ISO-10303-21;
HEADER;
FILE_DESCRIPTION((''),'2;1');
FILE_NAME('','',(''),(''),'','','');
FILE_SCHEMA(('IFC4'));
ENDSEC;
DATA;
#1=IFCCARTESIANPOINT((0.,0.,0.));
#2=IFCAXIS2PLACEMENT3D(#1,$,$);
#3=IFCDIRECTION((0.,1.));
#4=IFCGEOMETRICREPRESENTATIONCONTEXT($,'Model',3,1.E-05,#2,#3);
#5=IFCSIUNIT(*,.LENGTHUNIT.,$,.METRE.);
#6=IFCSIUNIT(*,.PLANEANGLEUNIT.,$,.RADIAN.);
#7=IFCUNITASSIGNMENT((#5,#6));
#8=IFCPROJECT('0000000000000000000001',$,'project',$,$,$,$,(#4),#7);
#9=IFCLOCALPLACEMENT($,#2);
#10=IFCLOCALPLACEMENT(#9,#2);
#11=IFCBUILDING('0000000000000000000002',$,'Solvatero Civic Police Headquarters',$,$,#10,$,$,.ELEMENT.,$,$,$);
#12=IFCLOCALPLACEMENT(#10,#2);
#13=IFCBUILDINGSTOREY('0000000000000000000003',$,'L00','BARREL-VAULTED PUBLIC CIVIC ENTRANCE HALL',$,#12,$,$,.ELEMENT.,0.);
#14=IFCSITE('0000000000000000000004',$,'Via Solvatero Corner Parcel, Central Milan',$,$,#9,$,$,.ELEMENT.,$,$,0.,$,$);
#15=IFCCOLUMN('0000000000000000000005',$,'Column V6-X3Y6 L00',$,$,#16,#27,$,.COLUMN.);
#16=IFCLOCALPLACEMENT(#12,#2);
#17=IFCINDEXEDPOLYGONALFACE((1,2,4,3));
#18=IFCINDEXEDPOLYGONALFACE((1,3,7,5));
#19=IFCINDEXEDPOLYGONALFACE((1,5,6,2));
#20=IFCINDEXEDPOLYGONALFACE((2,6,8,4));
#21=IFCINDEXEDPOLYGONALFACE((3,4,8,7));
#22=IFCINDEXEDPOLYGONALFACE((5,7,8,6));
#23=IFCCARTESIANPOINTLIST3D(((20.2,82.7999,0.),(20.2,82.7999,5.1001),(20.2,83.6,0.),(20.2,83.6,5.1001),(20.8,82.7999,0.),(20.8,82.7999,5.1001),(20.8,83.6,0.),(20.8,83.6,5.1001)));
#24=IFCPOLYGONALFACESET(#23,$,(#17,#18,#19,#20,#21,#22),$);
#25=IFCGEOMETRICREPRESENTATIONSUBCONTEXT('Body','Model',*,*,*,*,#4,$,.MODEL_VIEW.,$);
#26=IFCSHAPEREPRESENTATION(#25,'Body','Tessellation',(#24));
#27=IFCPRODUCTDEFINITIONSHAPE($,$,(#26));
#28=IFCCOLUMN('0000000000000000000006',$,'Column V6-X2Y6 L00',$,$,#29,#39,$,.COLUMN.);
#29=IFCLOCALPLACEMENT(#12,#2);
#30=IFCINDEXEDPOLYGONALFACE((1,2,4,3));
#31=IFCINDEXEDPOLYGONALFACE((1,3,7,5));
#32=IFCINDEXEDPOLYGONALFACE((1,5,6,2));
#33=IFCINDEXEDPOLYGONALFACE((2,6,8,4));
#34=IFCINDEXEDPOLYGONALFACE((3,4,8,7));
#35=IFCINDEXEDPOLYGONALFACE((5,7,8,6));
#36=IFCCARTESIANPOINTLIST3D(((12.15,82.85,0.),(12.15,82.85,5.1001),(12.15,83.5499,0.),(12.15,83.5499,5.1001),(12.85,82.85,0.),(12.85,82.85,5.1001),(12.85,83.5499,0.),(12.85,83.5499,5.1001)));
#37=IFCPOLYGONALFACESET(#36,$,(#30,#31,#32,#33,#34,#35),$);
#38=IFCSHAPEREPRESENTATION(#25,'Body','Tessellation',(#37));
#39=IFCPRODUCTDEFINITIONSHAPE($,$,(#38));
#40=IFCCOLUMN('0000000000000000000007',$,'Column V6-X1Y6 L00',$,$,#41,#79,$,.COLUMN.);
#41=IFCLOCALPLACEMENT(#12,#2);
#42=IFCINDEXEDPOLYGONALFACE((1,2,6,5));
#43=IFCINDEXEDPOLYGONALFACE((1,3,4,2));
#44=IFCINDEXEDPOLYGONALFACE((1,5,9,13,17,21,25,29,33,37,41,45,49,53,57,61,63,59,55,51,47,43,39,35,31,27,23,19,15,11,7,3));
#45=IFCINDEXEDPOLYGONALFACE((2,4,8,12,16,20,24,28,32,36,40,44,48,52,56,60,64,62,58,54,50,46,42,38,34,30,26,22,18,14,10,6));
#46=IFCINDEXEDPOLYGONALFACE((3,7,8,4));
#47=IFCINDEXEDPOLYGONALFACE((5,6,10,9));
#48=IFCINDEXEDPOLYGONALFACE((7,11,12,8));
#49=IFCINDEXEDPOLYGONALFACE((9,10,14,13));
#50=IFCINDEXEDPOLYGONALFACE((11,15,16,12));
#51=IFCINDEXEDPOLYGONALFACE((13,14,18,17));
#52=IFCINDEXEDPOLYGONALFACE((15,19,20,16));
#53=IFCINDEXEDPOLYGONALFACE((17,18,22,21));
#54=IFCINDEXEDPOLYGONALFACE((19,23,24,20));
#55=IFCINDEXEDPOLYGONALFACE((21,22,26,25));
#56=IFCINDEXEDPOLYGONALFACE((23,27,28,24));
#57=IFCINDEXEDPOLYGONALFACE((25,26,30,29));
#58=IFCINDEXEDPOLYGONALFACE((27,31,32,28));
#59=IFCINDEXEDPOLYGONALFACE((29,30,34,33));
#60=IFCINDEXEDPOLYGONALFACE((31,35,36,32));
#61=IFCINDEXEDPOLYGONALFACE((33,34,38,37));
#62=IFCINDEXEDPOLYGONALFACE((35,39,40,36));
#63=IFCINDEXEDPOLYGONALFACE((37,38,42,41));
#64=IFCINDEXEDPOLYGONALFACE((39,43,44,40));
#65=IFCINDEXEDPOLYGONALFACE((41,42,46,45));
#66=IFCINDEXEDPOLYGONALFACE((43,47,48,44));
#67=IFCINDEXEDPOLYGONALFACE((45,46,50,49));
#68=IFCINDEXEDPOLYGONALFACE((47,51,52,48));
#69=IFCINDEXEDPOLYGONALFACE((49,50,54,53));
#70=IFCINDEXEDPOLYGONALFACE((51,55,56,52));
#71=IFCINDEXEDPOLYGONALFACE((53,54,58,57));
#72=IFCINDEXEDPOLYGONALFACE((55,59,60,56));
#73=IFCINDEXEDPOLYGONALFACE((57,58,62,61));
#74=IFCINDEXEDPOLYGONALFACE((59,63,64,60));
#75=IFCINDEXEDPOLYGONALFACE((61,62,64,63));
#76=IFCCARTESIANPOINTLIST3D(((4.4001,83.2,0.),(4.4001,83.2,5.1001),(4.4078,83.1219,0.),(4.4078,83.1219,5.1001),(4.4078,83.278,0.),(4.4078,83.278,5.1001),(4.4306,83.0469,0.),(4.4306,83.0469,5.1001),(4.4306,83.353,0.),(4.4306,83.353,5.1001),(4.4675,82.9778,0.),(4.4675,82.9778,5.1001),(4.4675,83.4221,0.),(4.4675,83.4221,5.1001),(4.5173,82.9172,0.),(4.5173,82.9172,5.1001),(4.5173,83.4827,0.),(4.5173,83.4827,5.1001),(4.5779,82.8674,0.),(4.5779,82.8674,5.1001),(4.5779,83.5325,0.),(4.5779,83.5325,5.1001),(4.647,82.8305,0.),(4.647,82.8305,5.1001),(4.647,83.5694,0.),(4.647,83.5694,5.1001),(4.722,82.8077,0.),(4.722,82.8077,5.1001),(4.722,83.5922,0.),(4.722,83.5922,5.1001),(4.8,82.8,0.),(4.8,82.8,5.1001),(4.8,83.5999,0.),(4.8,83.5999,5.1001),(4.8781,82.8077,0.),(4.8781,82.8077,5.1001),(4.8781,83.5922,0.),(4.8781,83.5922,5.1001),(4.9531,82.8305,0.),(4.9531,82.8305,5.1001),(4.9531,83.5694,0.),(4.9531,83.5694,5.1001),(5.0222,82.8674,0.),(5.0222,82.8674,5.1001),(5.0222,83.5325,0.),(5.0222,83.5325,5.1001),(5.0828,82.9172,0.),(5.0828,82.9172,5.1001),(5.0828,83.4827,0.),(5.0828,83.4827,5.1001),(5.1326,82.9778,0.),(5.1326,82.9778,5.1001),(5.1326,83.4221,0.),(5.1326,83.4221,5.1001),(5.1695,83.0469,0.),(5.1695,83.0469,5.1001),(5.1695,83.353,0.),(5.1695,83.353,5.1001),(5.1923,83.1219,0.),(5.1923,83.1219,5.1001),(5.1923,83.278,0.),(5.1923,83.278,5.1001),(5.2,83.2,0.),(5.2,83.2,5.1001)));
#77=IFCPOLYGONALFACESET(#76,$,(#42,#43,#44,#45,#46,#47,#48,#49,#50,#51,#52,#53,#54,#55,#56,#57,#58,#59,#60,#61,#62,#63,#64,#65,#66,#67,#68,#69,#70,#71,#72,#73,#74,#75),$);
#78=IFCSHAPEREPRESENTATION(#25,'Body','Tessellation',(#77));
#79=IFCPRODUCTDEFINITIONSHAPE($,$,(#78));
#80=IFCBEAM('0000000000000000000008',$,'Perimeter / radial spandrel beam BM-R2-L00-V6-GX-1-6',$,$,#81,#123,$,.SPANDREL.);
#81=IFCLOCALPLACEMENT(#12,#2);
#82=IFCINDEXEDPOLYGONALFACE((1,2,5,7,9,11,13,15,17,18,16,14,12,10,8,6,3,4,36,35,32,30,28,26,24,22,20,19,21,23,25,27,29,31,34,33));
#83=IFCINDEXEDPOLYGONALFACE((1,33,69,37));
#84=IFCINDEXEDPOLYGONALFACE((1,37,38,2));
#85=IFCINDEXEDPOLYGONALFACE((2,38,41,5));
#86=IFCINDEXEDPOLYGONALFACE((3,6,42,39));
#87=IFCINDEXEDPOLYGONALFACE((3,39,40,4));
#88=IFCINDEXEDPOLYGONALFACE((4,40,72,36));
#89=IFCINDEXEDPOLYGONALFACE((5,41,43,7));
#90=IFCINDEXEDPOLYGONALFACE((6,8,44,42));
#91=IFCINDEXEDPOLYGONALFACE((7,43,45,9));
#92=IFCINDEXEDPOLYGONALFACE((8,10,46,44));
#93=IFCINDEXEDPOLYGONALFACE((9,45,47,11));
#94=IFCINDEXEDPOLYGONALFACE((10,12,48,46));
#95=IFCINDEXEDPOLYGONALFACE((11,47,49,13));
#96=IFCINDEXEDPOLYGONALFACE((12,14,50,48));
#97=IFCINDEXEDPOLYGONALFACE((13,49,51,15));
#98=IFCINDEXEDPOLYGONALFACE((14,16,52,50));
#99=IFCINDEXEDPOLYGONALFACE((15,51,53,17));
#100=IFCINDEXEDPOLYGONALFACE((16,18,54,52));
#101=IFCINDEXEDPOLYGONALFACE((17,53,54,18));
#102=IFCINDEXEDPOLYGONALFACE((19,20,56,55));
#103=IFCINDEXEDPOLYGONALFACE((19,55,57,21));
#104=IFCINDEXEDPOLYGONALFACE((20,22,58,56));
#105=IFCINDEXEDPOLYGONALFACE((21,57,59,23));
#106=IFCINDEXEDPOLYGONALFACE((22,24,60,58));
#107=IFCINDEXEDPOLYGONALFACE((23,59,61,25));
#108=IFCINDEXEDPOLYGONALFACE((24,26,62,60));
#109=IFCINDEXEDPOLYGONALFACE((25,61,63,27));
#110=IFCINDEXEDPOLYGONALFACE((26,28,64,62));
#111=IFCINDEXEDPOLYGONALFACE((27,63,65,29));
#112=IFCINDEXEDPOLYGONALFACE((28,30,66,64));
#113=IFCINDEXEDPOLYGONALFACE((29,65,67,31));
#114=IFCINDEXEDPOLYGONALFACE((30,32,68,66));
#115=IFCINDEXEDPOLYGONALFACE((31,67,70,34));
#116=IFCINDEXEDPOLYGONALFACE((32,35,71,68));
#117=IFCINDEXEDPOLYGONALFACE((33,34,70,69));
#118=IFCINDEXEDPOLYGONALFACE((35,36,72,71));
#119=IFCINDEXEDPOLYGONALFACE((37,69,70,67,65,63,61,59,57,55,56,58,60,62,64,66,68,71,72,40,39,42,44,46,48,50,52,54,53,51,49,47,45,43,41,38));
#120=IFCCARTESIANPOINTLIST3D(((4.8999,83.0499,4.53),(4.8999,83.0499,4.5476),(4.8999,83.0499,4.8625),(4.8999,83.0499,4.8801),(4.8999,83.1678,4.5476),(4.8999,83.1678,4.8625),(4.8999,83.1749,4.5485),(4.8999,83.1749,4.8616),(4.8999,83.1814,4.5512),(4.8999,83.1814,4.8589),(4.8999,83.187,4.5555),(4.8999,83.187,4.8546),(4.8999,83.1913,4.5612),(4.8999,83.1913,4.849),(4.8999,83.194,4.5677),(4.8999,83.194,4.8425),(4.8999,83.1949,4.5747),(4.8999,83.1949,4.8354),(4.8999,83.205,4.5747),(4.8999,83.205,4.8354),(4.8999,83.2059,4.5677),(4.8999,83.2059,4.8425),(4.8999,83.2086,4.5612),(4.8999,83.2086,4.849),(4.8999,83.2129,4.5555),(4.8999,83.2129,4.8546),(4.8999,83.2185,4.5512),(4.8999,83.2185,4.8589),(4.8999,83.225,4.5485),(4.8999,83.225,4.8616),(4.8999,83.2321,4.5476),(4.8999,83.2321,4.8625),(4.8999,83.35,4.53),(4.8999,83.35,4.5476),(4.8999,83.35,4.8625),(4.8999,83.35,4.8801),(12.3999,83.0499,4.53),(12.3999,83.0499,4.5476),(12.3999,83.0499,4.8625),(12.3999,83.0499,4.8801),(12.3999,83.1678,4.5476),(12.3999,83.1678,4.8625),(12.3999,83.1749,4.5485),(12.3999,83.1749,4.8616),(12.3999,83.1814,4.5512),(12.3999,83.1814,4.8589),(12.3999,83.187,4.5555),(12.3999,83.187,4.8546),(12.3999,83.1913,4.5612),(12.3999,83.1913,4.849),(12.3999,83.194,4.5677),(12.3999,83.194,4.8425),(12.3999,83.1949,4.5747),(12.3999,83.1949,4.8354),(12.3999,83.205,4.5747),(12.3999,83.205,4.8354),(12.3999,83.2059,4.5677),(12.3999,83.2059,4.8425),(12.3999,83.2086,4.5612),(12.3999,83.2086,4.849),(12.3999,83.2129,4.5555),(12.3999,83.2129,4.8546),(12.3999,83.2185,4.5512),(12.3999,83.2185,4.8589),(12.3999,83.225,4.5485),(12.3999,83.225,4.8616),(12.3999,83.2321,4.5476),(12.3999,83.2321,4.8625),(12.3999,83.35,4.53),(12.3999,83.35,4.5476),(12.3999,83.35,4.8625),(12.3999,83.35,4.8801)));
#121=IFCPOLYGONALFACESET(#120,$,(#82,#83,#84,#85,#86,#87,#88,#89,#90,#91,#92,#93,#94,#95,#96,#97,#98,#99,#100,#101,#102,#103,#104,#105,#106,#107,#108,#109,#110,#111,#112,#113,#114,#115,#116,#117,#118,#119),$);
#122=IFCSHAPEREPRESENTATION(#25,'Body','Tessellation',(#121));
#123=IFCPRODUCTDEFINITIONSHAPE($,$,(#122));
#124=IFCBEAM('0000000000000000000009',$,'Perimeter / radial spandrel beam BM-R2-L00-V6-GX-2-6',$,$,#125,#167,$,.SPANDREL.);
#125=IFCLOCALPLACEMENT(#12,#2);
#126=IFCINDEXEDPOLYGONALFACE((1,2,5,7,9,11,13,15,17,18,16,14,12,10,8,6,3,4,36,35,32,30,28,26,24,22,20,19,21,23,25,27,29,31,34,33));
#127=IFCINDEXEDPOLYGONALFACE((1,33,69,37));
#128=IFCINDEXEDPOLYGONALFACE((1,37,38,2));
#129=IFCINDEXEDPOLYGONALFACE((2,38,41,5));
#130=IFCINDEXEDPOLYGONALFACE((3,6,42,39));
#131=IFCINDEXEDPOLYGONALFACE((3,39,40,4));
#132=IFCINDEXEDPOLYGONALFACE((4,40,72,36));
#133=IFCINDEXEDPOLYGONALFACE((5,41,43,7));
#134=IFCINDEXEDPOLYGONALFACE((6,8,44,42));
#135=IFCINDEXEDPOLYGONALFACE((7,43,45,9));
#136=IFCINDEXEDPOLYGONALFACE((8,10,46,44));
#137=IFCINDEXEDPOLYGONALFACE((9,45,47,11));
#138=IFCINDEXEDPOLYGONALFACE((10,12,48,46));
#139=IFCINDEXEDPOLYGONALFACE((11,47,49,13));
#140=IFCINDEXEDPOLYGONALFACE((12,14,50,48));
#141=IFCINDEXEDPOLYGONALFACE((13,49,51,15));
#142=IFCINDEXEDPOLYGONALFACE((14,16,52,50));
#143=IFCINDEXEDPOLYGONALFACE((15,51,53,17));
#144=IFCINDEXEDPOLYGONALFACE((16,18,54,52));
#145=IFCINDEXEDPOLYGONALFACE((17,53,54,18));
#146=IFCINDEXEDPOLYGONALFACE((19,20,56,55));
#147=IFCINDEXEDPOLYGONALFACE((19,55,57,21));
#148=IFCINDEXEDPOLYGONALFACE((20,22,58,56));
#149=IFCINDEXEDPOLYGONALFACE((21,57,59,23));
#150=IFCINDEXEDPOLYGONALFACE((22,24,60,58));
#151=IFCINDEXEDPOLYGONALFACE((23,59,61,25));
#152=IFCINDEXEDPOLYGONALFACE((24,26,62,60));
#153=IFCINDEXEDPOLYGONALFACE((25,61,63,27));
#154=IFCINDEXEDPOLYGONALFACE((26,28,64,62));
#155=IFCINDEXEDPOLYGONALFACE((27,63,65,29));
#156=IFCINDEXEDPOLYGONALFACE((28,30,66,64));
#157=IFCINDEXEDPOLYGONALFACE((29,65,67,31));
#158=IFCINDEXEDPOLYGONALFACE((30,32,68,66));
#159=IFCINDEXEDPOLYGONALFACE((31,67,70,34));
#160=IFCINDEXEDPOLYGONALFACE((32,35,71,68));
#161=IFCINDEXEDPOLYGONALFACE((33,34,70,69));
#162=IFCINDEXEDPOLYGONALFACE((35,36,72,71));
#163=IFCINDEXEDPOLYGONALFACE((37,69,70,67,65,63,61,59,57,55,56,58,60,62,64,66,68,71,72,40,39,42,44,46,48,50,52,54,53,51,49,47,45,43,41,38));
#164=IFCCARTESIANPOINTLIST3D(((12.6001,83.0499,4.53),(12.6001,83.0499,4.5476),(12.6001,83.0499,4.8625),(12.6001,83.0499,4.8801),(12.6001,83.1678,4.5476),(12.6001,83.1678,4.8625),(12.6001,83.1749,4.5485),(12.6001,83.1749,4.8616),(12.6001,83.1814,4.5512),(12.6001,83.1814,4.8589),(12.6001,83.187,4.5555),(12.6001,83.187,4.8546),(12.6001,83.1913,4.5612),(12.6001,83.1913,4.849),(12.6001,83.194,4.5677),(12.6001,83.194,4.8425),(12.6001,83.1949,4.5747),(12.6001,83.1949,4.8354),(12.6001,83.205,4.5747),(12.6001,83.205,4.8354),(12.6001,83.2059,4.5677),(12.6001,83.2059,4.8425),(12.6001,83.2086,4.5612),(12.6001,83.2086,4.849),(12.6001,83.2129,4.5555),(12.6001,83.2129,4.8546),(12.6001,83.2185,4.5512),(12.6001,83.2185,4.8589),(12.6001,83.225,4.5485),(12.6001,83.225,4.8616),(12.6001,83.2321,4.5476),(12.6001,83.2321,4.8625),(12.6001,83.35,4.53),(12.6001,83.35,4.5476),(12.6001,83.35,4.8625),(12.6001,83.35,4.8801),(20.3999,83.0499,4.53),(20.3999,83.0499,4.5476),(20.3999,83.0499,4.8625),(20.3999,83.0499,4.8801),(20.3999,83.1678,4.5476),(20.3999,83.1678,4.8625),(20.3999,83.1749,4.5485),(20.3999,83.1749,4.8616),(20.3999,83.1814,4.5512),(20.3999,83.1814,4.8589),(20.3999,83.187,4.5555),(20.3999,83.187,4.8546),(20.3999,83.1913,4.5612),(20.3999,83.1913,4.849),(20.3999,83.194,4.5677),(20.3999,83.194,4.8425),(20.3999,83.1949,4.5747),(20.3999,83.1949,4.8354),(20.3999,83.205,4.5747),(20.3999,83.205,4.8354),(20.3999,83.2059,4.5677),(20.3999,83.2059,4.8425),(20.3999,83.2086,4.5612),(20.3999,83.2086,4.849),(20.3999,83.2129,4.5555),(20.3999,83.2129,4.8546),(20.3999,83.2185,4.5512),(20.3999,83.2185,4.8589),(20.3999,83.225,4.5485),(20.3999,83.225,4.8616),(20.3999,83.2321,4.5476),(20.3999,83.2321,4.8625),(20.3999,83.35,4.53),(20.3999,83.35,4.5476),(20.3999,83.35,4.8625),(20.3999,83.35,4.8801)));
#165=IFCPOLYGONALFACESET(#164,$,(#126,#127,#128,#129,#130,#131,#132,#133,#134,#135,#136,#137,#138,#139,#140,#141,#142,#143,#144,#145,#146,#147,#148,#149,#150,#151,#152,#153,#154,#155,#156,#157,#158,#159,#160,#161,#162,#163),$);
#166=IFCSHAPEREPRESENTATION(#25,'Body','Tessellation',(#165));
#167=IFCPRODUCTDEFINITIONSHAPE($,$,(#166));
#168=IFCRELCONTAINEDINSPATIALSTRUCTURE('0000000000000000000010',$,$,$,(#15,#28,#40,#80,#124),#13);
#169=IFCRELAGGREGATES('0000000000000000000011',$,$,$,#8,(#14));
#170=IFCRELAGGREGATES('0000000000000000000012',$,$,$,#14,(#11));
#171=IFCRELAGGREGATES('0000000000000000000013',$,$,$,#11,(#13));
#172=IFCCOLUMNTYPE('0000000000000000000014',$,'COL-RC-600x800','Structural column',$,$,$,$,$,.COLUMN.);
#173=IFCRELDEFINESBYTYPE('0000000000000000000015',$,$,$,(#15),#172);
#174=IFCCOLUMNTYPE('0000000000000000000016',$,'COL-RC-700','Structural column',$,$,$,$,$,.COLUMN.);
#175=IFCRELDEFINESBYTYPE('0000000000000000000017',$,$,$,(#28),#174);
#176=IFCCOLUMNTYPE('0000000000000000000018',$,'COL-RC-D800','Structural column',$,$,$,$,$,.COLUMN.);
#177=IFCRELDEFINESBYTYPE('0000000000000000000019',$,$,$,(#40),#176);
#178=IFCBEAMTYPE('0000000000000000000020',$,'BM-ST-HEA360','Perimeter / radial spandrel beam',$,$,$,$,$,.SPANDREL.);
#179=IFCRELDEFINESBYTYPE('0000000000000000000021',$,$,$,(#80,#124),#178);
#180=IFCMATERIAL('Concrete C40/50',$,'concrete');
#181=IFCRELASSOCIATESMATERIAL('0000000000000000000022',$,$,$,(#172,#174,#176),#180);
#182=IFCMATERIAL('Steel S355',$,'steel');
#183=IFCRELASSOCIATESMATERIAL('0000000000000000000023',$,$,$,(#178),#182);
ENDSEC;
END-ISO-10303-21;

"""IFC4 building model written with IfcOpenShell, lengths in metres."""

from ifc_helpers import new_model, si_unit, direction, frame, origin, origin_2d, place, context, subcontext, project, spatial, rectangle, circle, i_section, extrude, material, material_profile, profile_set, type_object, element, save


model = new_model("IFC4")

# Units and contexts
model_context = context("Model", 3, precision=1e-05, world=origin(), true_north=direction((0.0, 1.0)))
body_context = subcontext(model_context, "Body", "Model", "MODEL_VIEW")
ifc_project = project(units=[si_unit("LENGTHUNIT", "METRE"), si_unit("PLANEANGLEUNIT", "RADIAN")], contexts=[model_context])

# Site, building, storey
site_placement = place(None, origin())
site = spatial("IfcSite", under=ifc_project, at=site_placement, Name="Via Solvatero Corner Parcel, Central Milan", CompositionType="ELEMENT", RefElevation=0.0)
building_placement = place(site_placement, origin())
building = spatial("IfcBuilding", under=site, at=building_placement, Name="Solvatero Civic Police Headquarters", CompositionType="ELEMENT")
storey_placement = place(building_placement, origin())
storey = spatial("IfcBuildingStorey", under=building, at=storey_placement, Name="L00", Description="BARREL-VAULTED PUBLIC CIVIC ENTRANCE HALL", CompositionType="ELEMENT", Elevation=0.0)

# Columns
ifc_material_1 = material(Name="Concrete C40/50", Category="concrete")
ifc_material_profile_1 = material_profile(ifc_material_1, rectangle(XDim=0.6001, YDim=0.8, at=origin_2d()), Name="RC 600x800")
ifc_profile_set_1 = profile_set([ifc_material_profile_1], Name="Concrete C40/50")
column_type_1 = type_object("IfcColumnType", Name="COL-RC-600x800", Description="Structural column", PredefinedType="COLUMN", material=ifc_profile_set_1)
column_1_placement = place(storey_placement, frame((20.5, 83.2, 0.0), z_axis=(0.0, 0.0, 1.0), x_axis=(1.0, 0.0, 0.0)))
element("IfcColumn", 1, at=column_1_placement, inside=storey, type_object=column_type_1, Name="Column V6-X3Y6 L00", PredefinedType="COLUMN", context=body_context, shape_type="SweptSolid", body=[
    extrude(rectangle(XDim=0.6001, YDim=0.8, at=origin_2d()), origin(), (0.0, 0.0, 1.0), 5.1001),
])
ifc_material_profile_2 = material_profile(ifc_material_1, rectangle(XDim=0.7, YDim=0.7, at=origin_2d()), Name="RC 700x700")
ifc_profile_set_2 = profile_set([ifc_material_profile_2], Name="Concrete C40/50")
column_type_2 = type_object("IfcColumnType", Name="COL-RC-700", Description="Structural column", PredefinedType="COLUMN", material=ifc_profile_set_2)
column_2_placement = place(storey_placement, frame((12.5, 83.2, 0.0), z_axis=(0.0, 0.0, 1.0), x_axis=(1.0, 0.0, 0.0)))
element("IfcColumn", 2, at=column_2_placement, inside=storey, type_object=column_type_2, Name="Column V6-X2Y6 L00", PredefinedType="COLUMN", context=body_context, shape_type="SweptSolid", body=[
    extrude(rectangle(XDim=0.7, YDim=0.7, at=origin_2d()), origin(), (0.0, 0.0, 1.0), 5.1001),
])
ifc_material_profile_3 = material_profile(ifc_material_1, circle(Radius=0.3999, at=origin_2d()), Name="RC COL D800")
ifc_profile_set_3 = profile_set([ifc_material_profile_3], Name="Concrete C40/50")
column_type_3 = type_object("IfcColumnType", Name="COL-RC-D800", Description="Structural column", PredefinedType="COLUMN", material=ifc_profile_set_3)
column_3_placement = place(storey_placement, frame((4.8, 83.2, 0.0), z_axis=(0.0, 0.0, 1.0), x_axis=(1.0, 0.0, 0.0)))
element("IfcColumn", 3, at=column_3_placement, inside=storey, type_object=column_type_3, Name="Column V6-X1Y6 L00", PredefinedType="COLUMN", context=body_context, shape_type="SweptSolid", body=[
    extrude(circle(Radius=0.3999, at=origin_2d()), origin(), (0.0, 0.0, 1.0), 5.1001),
])

# Beams
ifc_material_2 = material(Name="Steel S355", Category="steel")
ifc_material_profile_4 = material_profile(ifc_material_2, i_section(OverallWidth=0.3, OverallDepth=0.3501, WebThickness=0.01, FlangeThickness=0.0176, FilletRadius=0.0271, at=origin_2d()), Name="HEA 360")
ifc_profile_set_4 = profile_set([ifc_material_profile_4], Name="Steel S355")
beam_type_1 = type_object("IfcBeamType", Name="BM-ST-HEA360", Description="Perimeter / radial spandrel beam", PredefinedType="SPANDREL", material=ifc_profile_set_4)
beam_1_placement = place(storey_placement, frame((4.8999, 83.2, 4.7051), z_axis=(1.0, 0.0, 0.0), x_axis=(0.0, 1.0, 0.0)))
element("IfcBeam", 4, at=beam_1_placement, inside=storey, type_object=beam_type_1, Name="Perimeter / radial spandrel beam BM-R2-L00-V6-GX-1-6", PredefinedType="SPANDREL", context=body_context, shape_type="SweptSolid", body=[
    extrude(i_section(OverallWidth=0.3, OverallDepth=0.3501, WebThickness=0.01, FlangeThickness=0.0176, FilletRadius=0.0271, at=origin_2d()), origin(), (0.0, 0.0, 1.0), 7.5),
])
beam_2_placement = place(storey_placement, frame((12.6001, 83.2, 4.7051), z_axis=(1.0, 0.0, 0.0), x_axis=(0.0, 1.0, 0.0)))
element("IfcBeam", 5, at=beam_2_placement, inside=storey, type_object=beam_type_1, Name="Perimeter / radial spandrel beam BM-R2-L00-V6-GX-2-6", PredefinedType="SPANDREL", context=body_context, shape_type="SweptSolid", body=[
    extrude(i_section(OverallWidth=0.3, OverallDepth=0.3501, WebThickness=0.01, FlangeThickness=0.0176, FilletRadius=0.0271, at=origin_2d()), origin(), (0.0, 0.0, 1.0), 7.7998),
])

save(model, "model.ifc")
